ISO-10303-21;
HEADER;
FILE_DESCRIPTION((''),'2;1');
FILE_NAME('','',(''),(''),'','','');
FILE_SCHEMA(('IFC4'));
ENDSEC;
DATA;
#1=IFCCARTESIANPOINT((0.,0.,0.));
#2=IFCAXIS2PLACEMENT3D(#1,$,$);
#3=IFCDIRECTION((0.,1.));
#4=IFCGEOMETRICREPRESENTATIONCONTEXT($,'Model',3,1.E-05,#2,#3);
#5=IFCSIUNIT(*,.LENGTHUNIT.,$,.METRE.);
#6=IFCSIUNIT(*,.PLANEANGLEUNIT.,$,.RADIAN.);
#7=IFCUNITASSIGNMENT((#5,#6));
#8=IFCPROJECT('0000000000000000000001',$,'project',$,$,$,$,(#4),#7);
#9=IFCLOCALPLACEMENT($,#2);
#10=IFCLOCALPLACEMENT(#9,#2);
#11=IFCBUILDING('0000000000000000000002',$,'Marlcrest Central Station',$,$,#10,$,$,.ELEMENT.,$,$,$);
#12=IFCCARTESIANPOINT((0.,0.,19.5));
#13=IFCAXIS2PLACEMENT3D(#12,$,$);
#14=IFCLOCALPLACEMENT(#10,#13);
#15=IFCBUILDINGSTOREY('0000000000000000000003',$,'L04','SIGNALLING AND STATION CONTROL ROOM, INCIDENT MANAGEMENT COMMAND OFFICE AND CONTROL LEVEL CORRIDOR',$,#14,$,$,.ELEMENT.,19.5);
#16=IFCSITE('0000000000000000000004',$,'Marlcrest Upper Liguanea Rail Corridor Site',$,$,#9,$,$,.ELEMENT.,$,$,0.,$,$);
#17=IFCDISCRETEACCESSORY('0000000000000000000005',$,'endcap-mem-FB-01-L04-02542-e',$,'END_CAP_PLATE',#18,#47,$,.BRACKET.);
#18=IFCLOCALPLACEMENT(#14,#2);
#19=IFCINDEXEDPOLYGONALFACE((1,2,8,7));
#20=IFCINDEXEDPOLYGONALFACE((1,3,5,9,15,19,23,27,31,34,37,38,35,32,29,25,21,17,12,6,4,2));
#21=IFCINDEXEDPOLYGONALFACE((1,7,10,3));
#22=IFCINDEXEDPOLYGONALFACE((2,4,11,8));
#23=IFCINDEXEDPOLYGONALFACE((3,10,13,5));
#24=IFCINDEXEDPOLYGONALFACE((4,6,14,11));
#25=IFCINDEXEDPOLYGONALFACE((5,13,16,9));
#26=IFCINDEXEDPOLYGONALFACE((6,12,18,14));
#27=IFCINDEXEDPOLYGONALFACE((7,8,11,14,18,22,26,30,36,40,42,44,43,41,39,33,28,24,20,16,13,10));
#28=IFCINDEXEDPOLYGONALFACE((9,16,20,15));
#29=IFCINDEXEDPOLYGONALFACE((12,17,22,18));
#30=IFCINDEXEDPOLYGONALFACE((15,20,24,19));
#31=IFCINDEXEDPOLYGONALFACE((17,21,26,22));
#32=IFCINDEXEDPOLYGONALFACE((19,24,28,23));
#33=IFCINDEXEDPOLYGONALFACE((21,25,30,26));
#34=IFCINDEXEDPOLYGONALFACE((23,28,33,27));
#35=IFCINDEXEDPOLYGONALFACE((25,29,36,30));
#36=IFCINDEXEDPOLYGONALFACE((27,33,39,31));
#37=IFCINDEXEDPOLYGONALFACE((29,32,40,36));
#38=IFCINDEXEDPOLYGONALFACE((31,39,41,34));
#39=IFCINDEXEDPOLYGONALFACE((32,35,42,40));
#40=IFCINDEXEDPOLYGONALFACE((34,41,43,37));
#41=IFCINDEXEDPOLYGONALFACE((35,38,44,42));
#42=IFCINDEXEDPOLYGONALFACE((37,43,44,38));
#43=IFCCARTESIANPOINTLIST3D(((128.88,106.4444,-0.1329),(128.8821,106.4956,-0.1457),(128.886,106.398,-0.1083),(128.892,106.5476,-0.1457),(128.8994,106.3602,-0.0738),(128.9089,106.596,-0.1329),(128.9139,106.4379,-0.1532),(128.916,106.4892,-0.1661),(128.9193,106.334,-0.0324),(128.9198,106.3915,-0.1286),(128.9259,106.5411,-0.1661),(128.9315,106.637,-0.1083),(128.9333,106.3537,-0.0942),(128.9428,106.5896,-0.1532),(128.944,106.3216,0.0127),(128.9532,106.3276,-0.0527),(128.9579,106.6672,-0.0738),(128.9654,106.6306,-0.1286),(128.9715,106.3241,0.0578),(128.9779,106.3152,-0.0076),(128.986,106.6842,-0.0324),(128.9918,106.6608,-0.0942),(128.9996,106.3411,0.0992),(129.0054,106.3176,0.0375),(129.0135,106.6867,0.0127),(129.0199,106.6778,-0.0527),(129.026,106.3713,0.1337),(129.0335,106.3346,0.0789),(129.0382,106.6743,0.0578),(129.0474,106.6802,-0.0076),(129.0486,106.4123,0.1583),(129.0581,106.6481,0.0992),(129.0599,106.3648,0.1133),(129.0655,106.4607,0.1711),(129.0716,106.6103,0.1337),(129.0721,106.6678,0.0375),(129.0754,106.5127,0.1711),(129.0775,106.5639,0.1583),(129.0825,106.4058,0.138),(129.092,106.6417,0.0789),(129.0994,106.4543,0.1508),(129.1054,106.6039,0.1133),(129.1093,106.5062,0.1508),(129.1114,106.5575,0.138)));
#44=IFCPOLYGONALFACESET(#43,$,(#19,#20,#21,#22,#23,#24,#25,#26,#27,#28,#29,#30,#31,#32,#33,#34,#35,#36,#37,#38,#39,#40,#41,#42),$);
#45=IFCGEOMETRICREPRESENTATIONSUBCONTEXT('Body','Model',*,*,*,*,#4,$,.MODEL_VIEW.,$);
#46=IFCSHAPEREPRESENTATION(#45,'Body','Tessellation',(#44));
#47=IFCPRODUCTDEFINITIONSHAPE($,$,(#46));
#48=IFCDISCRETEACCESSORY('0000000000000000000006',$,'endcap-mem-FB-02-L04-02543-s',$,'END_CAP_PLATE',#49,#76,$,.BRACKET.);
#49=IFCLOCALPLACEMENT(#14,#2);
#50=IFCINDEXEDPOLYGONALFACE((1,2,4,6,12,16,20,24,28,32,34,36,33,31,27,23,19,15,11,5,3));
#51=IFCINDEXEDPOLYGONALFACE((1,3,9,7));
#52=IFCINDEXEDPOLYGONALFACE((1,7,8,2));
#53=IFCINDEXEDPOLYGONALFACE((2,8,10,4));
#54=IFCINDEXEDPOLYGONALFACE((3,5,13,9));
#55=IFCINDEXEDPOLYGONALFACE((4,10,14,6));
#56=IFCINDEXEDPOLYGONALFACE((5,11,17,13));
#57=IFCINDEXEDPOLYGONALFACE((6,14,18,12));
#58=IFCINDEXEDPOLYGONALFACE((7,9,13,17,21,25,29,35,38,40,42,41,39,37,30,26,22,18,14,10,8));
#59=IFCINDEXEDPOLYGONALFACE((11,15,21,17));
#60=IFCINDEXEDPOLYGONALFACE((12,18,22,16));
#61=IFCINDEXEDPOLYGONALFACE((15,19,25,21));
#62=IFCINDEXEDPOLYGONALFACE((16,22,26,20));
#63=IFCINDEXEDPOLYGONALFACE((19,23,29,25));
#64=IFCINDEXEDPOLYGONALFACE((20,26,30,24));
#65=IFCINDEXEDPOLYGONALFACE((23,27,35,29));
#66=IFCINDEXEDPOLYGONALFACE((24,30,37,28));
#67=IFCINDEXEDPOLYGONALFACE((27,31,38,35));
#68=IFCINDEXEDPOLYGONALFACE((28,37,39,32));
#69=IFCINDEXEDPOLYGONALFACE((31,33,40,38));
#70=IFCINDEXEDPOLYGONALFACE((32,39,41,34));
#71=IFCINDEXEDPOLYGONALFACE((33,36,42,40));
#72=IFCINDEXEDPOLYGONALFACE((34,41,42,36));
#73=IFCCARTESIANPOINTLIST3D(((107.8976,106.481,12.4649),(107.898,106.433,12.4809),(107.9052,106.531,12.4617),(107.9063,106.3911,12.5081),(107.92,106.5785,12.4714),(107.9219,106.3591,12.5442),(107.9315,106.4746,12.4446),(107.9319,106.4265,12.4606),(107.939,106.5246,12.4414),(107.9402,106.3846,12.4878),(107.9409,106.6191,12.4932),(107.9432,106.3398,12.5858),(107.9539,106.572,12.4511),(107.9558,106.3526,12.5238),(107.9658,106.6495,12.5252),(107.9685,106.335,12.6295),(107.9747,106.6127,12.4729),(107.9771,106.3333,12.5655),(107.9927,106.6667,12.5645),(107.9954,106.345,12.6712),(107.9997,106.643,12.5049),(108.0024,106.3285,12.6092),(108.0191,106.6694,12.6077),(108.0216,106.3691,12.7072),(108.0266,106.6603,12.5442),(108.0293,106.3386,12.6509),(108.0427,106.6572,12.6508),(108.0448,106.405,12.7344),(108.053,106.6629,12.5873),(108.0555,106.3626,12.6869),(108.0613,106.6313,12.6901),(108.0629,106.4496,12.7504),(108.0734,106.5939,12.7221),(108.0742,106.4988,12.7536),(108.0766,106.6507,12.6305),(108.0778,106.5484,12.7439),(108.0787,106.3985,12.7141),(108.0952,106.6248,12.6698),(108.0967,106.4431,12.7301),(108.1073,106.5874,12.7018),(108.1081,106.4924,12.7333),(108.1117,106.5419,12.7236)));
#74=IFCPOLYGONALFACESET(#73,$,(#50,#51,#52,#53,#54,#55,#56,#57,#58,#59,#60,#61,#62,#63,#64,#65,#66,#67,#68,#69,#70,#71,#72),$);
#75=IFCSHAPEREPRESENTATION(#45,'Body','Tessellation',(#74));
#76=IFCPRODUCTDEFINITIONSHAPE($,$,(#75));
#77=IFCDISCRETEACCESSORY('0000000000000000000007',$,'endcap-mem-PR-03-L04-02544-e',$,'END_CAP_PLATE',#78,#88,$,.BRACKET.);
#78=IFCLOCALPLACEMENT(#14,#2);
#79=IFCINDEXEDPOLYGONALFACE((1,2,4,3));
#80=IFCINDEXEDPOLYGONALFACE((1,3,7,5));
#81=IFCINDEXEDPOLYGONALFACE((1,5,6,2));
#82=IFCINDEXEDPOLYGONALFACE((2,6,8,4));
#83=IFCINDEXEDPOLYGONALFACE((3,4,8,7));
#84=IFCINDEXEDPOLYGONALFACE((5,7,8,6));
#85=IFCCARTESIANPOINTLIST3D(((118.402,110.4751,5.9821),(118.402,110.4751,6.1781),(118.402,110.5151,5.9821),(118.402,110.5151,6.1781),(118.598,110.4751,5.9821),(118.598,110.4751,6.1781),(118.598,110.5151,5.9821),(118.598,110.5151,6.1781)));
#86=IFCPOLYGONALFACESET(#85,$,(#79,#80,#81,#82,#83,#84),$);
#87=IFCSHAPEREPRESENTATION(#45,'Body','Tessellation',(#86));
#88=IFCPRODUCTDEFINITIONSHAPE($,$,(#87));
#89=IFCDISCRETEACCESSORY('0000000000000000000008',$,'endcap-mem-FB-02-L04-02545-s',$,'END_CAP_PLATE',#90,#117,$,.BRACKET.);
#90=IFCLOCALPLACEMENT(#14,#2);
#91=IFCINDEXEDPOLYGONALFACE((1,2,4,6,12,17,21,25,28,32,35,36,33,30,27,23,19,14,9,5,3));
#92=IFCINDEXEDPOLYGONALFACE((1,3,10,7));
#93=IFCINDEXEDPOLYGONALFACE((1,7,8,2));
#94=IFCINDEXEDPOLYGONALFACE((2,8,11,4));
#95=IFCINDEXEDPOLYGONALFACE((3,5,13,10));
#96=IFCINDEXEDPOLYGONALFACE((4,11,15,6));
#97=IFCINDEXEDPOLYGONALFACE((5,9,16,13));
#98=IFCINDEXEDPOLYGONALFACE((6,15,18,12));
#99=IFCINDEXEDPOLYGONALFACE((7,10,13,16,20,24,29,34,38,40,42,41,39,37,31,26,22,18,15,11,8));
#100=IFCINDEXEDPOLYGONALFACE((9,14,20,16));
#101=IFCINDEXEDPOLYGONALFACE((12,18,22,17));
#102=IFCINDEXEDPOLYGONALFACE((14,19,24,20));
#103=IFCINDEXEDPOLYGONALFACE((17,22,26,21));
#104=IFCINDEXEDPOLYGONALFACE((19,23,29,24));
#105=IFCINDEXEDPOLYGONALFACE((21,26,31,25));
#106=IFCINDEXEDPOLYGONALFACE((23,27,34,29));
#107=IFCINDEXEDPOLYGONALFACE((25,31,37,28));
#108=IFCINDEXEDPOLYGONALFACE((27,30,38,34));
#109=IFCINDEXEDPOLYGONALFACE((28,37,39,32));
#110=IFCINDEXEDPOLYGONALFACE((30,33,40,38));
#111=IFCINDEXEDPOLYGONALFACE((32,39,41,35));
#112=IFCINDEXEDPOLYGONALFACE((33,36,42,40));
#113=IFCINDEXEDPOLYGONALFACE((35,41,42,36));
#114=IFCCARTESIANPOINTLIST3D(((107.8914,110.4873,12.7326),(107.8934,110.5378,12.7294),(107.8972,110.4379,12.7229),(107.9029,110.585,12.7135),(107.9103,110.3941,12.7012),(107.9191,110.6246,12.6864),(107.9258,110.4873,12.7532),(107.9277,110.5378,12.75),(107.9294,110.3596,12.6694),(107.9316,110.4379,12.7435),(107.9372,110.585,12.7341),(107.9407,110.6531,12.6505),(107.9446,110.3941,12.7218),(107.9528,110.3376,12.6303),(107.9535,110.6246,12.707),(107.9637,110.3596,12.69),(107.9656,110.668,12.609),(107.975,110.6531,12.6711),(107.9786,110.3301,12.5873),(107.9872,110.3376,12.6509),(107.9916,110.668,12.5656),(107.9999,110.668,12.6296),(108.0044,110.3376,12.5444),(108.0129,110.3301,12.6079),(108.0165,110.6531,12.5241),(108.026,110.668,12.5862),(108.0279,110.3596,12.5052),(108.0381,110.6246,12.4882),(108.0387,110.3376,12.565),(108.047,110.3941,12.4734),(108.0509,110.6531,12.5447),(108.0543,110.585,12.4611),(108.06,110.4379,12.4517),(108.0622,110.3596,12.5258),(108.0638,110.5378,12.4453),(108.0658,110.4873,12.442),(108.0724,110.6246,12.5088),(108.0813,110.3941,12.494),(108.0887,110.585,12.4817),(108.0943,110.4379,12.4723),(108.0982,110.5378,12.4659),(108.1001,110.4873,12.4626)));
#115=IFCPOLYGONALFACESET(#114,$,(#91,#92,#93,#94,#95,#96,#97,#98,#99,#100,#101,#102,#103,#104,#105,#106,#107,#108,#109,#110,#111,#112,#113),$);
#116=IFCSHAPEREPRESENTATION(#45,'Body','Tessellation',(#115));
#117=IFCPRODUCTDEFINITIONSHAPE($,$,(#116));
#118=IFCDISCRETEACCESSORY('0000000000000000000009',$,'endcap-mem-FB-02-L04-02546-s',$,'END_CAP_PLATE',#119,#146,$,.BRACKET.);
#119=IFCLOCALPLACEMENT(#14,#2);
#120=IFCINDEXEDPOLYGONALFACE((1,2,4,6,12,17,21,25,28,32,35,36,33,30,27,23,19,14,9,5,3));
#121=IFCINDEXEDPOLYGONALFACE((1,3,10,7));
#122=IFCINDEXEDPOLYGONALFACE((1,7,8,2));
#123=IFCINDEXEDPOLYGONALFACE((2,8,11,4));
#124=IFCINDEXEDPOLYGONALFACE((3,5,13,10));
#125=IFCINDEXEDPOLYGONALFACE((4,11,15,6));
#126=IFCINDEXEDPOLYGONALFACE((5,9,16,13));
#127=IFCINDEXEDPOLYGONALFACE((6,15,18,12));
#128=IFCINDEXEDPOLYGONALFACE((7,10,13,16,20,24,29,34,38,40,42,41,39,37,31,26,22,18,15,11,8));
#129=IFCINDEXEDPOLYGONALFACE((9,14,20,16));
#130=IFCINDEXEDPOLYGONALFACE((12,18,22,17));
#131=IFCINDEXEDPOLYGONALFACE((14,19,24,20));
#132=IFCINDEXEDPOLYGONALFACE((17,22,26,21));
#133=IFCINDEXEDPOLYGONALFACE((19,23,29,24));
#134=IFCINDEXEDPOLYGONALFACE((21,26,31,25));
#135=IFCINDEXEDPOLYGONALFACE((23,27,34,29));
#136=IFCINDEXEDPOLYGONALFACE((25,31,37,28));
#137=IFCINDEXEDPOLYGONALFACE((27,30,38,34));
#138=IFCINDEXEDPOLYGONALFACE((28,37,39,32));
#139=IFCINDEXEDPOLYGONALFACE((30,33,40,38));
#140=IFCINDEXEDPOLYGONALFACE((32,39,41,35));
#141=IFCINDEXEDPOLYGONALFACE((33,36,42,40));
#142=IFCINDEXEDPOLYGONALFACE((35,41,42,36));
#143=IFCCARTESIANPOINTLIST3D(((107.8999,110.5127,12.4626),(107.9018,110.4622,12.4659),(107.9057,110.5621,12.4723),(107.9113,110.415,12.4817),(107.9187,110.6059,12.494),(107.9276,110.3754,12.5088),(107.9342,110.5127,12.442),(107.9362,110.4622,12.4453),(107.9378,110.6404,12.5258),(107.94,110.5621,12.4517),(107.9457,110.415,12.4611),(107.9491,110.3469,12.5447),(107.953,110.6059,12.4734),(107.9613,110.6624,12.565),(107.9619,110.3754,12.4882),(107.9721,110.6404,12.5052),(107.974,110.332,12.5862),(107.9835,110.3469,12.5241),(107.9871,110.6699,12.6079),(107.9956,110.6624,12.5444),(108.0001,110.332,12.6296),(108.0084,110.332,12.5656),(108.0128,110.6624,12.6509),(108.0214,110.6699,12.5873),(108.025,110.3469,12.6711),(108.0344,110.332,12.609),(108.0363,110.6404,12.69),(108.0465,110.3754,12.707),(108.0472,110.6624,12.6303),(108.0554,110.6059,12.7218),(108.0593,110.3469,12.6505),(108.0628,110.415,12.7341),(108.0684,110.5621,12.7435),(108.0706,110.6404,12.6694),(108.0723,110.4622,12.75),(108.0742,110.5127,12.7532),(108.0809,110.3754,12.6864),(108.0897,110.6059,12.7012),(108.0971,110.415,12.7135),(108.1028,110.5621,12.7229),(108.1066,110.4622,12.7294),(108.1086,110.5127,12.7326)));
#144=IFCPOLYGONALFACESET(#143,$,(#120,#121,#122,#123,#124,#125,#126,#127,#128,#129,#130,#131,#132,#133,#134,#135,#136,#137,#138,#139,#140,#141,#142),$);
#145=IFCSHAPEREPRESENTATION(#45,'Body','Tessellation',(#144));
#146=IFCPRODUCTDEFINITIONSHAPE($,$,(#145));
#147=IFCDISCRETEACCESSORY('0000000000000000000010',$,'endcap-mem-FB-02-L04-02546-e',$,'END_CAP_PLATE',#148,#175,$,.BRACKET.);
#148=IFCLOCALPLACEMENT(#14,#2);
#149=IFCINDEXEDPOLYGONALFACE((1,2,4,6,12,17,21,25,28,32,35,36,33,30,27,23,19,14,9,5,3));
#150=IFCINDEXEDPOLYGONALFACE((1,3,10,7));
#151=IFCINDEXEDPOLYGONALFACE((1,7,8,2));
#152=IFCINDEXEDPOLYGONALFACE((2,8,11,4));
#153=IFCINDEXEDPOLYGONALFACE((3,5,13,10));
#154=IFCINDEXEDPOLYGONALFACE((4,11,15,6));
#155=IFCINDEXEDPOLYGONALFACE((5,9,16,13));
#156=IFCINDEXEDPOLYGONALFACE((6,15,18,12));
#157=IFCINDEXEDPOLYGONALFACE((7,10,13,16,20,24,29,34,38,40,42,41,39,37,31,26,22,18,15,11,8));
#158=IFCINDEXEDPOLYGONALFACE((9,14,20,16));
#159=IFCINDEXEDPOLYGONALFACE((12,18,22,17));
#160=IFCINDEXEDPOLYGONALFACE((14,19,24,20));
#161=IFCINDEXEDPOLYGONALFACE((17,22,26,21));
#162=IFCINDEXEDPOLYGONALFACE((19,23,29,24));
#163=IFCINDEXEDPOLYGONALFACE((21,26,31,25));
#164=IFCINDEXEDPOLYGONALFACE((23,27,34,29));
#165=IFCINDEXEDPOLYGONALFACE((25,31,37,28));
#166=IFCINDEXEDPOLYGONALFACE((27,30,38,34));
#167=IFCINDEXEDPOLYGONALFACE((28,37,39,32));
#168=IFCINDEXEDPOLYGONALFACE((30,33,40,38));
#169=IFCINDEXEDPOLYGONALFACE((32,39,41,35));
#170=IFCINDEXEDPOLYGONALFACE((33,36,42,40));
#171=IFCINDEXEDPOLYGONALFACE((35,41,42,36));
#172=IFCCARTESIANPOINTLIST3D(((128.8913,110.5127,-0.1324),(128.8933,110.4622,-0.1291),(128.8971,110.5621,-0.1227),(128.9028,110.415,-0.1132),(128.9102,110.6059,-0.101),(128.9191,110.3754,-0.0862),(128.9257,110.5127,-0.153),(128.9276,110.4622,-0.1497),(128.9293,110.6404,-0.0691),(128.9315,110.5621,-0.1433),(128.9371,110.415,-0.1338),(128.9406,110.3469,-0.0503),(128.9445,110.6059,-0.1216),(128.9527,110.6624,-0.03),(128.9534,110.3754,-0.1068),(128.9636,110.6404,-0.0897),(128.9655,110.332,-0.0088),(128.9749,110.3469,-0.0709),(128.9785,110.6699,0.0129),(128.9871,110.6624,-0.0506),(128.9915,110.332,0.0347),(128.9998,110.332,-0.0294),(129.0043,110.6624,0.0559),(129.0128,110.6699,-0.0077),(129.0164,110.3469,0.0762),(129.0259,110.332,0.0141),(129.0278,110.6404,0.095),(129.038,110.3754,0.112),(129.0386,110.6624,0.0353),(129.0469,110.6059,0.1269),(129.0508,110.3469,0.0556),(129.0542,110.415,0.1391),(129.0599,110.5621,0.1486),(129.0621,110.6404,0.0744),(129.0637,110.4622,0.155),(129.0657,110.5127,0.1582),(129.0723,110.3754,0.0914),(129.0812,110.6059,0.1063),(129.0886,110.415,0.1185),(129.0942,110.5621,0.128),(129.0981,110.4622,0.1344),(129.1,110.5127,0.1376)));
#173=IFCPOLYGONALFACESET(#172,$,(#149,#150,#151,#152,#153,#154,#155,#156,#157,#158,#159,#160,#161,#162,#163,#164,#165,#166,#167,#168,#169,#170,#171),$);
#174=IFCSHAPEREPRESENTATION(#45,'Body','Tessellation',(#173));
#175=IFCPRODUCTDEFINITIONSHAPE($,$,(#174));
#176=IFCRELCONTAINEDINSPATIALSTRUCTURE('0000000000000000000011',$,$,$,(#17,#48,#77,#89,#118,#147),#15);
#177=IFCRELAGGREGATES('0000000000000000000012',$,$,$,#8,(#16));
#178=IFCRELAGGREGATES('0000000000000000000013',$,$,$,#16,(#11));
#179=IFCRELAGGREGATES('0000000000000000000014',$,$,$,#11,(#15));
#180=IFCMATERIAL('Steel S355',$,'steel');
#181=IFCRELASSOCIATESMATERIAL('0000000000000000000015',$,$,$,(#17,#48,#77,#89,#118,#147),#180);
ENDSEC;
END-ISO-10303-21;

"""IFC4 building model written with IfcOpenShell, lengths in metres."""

from ifc_helpers import new_model, si_unit, direction, frame, origin, origin_2d, place, context, subcontext, project, spatial, rectangle, circle, extrude, material, element, save


model = new_model("IFC4")

# Units and contexts
model_context = context("Model", 3, precision=1e-05, world=origin(), true_north=direction((0.0, 1.0)))
body_context = subcontext(model_context, "Body", "Model", "MODEL_VIEW")
ifc_project = project(units=[si_unit("LENGTHUNIT", "METRE"), si_unit("PLANEANGLEUNIT", "RADIAN")], contexts=[model_context])

# Site, building, storey
site_placement = place(None, origin())
site = spatial("IfcSite", under=ifc_project, at=site_placement, Name="Marlcrest Upper Liguanea Rail Corridor Site", CompositionType="ELEMENT", RefElevation=0.0)
building_placement = place(site_placement, origin())
building = spatial("IfcBuilding", under=site, at=building_placement, Name="Marlcrest Central Station", CompositionType="ELEMENT")
storey_placement = place(building_placement, frame((0.0, 0.0, 19.5)))
storey = spatial("IfcBuildingStorey", under=building, at=storey_placement, Name="L04", Description="SIGNALLING AND STATION CONTROL ROOM, INCIDENT MANAGEMENT COMMAND OFFICE AND CONTROL LEVEL CORRIDOR", CompositionType="ELEMENT", Elevation=19.5)

# Discrete accessories
ifc_material_1 = material(Name="Steel S355", Category="steel")
for number, where, z_axis, x_axis, name in (
    (1, (128.9788, 106.5042, 0.0127), (0.846277, -0.161196, -0.50777), (0.187112, 0.982339, 0.0), "endcap-mem-FB-01-L04-02542-e"),
):
    element("IfcDiscreteAccessory", number, at=place(storey_placement, frame(where, z_axis=z_axis, x_axis=x_axis)), inside=storey, material=ifc_material_1, Name=name, ObjectType="END_CAP_PLATE", PredefinedType="BRACKET", context=body_context, shape_type="SweptSolid", body=[
        extrude(circle(Radius=0.1858, at=origin_2d()), origin(), (0.0, 0.0, 1.0), 0.04),
    ])
discrete_accessory_1_placement = place(storey_placement, frame((107.9873, 106.5024, 12.6077), z_axis=(0.846277, -0.161196, -0.50777), x_axis=(0.187112, 0.982339, 0.0)))
element("IfcDiscreteAccessory", 2, at=discrete_accessory_1_placement, inside=storey, material=ifc_material_1, Name="endcap-mem-FB-02-L04-02543-s", ObjectType="END_CAP_PLATE", PredefinedType="BRACKET", context=body_context, shape_type="SweptSolid", body=[
    extrude(circle(Radius=0.1699, at=origin_2d()), origin(), (0.0, 0.0, 1.0), 0.04),
])
discrete_accessory_2_placement = place(storey_placement, frame((118.5, 110.4751, 6.0801), z_axis=(0.0, 1.0, 0.0), x_axis=(-1.0, 0.0, 0.0)))
element("IfcDiscreteAccessory", 3, at=discrete_accessory_2_placement, inside=storey, material=ifc_material_1, Name="endcap-mem-PR-03-L04-02544-e", ObjectType="END_CAP_PLATE", PredefinedType="BRACKET", context=body_context, shape_type="SweptSolid", body=[
    extrude(rectangle(XDim=0.196, YDim=0.196, at=origin_2d()), origin(), (0.0, 0.0, 1.0), 0.04),
])
for number, where, z_axis, x_axis, name in (
    (4, (108.0129, 110.5, 12.6079), (-0.857491, 0.0, -0.514499), (0.0, -1.0, 0.0), "endcap-mem-FB-02-L04-02545-s"),
    (5, (107.9871, 110.5, 12.6079), (0.857491, 0.0, -0.514499), (0.0, 1.0, 0.0), "endcap-mem-FB-02-L04-02546-s"),
    (6, (128.9785, 110.5, 0.0129), (0.857491, 0.0, -0.514499), (0.0, 1.0, 0.0), "endcap-mem-FB-02-L04-02546-e"),
):
    element("IfcDiscreteAccessory", number, at=place(storey_placement, frame(where, z_axis=z_axis, x_axis=x_axis)), inside=storey, material=ifc_material_1, Name=name, ObjectType="END_CAP_PLATE", PredefinedType="BRACKET", context=body_context, shape_type="SweptSolid", body=[
        extrude(circle(Radius=0.1699, at=origin_2d()), origin(), (0.0, 0.0, 1.0), 0.04),
    ])

save(model, "model.ifc")
